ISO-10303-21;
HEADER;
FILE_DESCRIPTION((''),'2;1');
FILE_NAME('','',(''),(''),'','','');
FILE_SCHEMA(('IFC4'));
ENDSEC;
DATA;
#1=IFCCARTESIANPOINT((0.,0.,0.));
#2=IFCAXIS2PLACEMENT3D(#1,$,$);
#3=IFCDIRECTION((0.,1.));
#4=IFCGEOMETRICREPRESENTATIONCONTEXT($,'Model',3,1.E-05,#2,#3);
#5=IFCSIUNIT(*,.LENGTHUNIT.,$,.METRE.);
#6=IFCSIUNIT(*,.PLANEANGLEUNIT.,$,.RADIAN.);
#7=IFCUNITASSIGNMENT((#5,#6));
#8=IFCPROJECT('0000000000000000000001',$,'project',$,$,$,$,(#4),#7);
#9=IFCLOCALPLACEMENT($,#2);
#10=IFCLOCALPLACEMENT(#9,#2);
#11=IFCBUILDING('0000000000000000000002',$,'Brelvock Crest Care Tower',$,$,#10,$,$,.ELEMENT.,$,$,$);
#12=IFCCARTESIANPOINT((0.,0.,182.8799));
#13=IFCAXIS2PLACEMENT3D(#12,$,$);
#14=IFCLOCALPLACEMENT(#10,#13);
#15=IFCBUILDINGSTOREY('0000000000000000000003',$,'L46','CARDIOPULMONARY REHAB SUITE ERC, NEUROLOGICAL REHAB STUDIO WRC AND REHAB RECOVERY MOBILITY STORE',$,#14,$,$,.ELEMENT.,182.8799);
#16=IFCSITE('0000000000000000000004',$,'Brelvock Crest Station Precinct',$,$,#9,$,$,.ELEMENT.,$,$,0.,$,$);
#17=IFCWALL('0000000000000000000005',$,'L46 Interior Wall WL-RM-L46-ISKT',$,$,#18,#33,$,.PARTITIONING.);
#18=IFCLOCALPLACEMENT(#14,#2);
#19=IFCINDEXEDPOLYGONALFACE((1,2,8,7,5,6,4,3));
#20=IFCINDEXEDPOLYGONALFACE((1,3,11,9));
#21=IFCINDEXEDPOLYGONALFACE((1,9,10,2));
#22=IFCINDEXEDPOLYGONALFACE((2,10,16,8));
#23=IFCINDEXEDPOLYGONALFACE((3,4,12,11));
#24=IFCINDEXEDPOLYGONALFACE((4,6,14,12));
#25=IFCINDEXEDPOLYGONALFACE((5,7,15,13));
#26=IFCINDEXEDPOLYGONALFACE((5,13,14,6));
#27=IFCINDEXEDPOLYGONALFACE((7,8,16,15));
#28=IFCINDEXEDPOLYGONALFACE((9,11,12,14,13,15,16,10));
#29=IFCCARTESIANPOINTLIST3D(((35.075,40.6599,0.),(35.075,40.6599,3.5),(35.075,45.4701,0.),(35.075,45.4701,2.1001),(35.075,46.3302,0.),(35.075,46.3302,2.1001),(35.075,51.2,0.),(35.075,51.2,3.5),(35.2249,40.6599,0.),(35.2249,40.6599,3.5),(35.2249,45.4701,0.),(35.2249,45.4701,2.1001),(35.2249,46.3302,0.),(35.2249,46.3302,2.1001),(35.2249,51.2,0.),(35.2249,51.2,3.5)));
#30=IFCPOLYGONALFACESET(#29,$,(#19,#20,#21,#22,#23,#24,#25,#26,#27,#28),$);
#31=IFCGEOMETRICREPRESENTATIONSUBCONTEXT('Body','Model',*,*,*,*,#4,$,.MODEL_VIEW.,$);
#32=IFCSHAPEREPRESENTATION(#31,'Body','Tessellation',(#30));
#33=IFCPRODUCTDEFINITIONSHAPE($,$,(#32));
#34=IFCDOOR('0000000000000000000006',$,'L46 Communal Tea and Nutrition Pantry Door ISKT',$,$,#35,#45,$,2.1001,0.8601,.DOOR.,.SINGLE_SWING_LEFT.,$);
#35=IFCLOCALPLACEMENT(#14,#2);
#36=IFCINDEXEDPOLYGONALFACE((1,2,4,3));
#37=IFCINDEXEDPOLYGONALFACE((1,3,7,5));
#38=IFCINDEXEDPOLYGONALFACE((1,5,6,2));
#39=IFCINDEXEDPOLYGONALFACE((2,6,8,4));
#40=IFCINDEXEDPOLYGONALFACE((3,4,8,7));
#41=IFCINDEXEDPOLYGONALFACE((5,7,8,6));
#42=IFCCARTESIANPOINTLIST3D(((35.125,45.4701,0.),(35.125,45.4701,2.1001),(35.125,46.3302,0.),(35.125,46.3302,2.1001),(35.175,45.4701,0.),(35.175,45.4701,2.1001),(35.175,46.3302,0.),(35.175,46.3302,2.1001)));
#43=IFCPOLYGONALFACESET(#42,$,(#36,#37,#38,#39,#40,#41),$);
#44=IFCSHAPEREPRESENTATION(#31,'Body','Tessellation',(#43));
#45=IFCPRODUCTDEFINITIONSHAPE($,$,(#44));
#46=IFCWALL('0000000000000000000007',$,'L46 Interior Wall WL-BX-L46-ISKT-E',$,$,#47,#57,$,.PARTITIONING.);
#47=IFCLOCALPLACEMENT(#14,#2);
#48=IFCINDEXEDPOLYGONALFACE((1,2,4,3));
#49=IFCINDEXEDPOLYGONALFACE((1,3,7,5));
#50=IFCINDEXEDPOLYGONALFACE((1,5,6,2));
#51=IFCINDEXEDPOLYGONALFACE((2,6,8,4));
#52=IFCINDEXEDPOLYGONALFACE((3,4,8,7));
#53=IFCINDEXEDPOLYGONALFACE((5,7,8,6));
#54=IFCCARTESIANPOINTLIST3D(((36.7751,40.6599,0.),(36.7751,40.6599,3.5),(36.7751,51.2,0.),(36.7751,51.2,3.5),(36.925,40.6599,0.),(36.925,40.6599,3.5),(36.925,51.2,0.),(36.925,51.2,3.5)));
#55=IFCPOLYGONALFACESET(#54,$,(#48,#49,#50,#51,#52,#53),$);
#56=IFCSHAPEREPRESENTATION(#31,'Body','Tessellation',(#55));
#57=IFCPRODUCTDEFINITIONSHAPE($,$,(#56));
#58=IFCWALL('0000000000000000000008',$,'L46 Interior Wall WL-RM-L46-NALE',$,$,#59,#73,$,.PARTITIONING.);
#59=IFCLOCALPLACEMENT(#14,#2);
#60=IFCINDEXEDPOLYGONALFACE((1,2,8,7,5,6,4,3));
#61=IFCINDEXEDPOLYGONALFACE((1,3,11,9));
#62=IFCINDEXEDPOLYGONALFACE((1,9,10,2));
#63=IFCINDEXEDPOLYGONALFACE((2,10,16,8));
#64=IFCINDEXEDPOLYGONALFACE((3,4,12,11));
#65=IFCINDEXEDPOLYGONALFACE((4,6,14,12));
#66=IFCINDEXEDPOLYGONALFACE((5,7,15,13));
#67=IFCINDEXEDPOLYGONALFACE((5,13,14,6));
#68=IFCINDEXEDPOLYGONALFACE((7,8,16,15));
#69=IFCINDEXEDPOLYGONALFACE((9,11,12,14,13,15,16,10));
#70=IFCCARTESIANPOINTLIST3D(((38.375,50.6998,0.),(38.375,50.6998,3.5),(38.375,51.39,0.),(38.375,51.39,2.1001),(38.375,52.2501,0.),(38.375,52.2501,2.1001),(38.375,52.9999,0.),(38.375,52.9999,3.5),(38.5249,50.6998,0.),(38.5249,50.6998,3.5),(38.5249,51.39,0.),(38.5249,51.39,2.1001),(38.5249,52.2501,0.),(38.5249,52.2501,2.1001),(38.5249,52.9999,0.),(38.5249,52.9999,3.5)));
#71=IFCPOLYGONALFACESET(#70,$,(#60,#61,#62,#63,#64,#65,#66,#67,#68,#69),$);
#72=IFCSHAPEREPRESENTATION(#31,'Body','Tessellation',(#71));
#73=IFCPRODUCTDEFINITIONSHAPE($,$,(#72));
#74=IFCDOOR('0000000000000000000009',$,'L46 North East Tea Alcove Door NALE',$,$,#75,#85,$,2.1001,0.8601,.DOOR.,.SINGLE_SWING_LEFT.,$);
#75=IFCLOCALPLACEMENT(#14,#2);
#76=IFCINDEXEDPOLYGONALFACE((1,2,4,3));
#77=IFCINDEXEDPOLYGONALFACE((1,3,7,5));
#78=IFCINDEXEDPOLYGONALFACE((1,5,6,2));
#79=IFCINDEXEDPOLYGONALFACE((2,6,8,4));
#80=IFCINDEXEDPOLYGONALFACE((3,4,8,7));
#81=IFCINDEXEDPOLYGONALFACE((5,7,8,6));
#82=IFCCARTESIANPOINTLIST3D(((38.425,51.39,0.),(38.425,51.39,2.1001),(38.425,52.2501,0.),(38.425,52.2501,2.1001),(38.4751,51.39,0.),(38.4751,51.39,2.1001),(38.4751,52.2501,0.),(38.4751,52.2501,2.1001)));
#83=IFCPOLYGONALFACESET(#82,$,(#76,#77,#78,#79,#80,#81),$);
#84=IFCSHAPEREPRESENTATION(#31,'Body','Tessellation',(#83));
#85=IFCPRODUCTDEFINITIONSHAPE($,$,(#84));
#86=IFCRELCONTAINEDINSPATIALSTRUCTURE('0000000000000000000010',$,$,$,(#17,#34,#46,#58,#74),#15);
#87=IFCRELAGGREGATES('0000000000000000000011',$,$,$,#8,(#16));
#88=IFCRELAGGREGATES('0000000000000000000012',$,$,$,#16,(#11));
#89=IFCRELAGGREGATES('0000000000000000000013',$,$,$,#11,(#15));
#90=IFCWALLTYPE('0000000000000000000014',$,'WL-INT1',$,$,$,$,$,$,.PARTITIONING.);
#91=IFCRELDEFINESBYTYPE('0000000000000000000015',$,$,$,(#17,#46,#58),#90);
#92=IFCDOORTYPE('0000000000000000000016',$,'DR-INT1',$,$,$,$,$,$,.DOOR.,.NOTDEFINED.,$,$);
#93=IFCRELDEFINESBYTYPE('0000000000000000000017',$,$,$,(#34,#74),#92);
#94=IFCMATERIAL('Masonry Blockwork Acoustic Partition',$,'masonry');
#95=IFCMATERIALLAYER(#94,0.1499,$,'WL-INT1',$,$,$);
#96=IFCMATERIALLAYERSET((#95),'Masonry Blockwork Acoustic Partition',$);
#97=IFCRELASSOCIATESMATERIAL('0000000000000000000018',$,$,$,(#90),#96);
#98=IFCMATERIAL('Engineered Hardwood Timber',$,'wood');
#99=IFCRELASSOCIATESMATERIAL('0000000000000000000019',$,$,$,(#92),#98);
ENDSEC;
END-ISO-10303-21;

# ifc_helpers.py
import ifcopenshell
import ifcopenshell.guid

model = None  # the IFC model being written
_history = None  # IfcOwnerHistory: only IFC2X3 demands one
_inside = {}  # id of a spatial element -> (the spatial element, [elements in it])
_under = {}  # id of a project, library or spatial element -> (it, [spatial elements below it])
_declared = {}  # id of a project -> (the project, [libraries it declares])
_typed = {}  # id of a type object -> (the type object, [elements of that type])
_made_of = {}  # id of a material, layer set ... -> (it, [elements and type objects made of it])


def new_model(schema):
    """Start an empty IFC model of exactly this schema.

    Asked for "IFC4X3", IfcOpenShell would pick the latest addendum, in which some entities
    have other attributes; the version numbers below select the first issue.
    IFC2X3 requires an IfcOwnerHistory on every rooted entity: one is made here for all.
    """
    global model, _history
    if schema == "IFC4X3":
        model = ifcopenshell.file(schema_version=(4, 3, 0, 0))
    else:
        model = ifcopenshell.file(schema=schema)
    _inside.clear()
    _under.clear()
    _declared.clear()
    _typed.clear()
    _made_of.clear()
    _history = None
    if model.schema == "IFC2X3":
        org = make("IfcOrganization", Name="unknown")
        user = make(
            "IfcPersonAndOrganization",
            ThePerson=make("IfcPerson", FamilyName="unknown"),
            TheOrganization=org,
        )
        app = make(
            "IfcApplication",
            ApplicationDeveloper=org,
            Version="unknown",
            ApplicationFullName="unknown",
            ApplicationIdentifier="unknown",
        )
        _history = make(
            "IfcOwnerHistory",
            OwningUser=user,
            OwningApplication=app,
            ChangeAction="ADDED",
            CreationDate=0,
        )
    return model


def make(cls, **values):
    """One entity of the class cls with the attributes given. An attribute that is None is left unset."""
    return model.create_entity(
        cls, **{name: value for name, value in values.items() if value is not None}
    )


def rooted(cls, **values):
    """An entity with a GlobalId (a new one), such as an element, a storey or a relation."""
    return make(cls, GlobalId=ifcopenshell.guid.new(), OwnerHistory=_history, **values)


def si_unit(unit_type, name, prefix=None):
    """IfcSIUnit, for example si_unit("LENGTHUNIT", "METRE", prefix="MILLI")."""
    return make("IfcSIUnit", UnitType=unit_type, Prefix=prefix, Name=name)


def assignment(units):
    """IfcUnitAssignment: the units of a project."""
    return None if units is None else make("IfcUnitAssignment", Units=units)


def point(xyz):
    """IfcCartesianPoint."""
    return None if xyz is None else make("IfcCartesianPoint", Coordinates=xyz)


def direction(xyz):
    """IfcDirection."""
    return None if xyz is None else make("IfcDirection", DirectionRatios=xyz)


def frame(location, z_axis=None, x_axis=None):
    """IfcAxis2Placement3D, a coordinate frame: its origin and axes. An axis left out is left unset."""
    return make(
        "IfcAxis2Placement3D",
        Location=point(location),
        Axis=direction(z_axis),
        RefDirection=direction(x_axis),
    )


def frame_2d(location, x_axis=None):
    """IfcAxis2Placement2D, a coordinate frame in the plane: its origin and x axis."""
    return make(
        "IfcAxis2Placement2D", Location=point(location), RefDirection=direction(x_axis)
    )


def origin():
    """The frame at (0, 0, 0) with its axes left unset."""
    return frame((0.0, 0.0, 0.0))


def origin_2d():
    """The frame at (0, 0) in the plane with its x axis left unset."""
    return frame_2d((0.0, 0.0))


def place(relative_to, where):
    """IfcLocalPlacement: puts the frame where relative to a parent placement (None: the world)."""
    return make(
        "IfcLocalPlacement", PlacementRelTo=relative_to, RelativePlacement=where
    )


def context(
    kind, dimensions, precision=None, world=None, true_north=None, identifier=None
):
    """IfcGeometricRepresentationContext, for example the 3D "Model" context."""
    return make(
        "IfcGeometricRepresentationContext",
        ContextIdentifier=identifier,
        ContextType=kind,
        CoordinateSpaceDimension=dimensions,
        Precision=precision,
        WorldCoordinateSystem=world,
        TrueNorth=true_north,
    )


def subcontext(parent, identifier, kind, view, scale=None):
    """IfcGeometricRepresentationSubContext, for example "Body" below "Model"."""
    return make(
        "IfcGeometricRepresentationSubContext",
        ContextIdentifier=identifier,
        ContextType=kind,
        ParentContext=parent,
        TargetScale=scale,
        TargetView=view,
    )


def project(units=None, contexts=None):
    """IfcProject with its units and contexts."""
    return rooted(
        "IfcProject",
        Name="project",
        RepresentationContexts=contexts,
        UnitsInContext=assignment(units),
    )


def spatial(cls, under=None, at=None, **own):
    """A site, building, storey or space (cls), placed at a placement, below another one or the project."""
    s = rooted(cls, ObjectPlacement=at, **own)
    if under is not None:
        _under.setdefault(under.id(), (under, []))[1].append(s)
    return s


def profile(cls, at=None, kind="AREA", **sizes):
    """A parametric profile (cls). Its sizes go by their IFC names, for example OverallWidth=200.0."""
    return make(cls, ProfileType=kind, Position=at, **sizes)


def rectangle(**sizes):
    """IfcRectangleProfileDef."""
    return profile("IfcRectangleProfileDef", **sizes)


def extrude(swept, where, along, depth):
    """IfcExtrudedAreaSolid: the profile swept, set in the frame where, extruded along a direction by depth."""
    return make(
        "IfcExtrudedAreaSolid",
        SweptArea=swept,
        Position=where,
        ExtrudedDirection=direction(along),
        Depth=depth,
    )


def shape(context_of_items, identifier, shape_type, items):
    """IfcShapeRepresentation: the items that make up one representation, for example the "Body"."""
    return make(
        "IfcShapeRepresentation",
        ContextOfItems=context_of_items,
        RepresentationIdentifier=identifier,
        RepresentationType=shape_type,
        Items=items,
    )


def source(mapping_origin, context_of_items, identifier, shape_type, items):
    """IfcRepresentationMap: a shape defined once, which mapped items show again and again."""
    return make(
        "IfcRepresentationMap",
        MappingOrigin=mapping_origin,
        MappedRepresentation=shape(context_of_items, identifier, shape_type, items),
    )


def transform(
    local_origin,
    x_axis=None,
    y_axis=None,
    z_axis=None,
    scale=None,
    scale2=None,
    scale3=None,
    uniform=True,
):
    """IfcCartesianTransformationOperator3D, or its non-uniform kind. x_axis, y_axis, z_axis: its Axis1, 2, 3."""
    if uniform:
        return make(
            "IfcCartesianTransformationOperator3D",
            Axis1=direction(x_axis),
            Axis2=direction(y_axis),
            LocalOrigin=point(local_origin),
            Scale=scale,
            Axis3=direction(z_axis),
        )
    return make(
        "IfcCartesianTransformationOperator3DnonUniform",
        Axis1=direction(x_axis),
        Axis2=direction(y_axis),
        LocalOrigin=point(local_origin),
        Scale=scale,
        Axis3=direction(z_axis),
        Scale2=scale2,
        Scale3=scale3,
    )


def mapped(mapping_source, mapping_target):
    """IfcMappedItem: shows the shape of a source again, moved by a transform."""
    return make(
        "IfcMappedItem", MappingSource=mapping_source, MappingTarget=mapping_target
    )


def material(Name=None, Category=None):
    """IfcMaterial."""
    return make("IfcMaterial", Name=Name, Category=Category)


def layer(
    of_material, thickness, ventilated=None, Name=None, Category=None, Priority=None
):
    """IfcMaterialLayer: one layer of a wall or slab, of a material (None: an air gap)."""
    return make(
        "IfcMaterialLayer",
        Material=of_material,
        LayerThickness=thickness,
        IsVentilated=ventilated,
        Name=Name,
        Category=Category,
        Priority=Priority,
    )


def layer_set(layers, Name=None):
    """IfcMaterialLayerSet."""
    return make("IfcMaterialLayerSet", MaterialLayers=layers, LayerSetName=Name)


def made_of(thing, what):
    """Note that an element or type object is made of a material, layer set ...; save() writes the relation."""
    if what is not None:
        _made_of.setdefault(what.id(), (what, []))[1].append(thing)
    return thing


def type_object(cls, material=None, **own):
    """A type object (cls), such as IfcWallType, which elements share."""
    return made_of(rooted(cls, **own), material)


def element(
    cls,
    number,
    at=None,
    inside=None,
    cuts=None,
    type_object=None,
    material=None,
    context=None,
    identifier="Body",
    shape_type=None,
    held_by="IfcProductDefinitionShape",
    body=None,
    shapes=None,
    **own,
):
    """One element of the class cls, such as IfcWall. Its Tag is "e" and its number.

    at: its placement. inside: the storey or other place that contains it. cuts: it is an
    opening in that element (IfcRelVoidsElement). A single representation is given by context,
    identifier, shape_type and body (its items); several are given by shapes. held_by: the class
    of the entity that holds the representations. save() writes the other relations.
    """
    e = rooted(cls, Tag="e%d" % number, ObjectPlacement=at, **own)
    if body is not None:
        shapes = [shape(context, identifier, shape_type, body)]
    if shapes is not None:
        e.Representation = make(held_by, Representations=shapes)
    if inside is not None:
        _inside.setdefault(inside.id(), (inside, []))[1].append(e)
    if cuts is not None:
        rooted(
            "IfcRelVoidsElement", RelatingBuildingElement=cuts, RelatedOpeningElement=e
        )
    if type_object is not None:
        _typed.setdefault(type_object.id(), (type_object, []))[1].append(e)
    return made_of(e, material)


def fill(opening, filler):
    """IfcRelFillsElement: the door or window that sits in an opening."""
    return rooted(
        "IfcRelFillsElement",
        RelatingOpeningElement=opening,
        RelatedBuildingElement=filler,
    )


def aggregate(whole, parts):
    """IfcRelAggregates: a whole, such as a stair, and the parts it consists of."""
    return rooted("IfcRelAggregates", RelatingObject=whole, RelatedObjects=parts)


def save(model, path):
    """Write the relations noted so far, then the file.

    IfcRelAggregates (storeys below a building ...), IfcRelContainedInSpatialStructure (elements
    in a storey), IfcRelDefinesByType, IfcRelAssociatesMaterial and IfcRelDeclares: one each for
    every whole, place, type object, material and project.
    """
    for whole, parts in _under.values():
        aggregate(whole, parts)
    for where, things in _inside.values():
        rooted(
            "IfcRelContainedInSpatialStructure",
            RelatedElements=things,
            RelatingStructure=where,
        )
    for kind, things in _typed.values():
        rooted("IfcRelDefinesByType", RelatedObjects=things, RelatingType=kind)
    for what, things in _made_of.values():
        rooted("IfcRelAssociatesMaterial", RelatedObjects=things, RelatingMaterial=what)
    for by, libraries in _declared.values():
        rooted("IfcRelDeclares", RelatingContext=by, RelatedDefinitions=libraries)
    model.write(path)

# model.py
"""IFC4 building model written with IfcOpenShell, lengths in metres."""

from ifc_helpers import new_model, si_unit, direction, frame, frame_2d, origin, origin_2d, place, context, subcontext, project, spatial, rectangle, extrude, source, transform, mapped, material, layer, layer_set, type_object, element, fill, save


model = new_model("IFC4")

# Units and contexts
model_context = context("Model", 3, precision=1e-05, world=origin(), true_north=direction((0.0, 1.0)))
body_context = subcontext(model_context, "Body", "Model", "MODEL_VIEW")
ifc_project = project(units=[si_unit("LENGTHUNIT", "METRE"), si_unit("PLANEANGLEUNIT", "RADIAN")], contexts=[model_context])

# Site, building, storey
site_placement = place(None, origin())
site = spatial("IfcSite", under=ifc_project, at=site_placement, Name="Brelvock Crest Station Precinct", CompositionType="ELEMENT", RefElevation=0.0)
building_placement = place(site_placement, origin())
building = spatial("IfcBuilding", under=site, at=building_placement, Name="Brelvock Crest Care Tower", CompositionType="ELEMENT")
storey_placement = place(building_placement, frame((0.0, 0.0, 182.8799)))
storey = spatial("IfcBuildingStorey", under=building, at=storey_placement, Name="L46", Description="CARDIOPULMONARY REHAB SUITE ERC, NEUROLOGICAL REHAB STUDIO WRC AND REHAB RECOVERY MOBILITY STORE", CompositionType="ELEMENT", Elevation=182.8799)

# Shared definitions
ifc_material_1 = material(Name="Masonry Blockwork Acoustic Partition", Category="masonry")
ifc_layer = layer(ifc_material_1, 0.1499, Name="WL-INT1")
ifc_layer_set = layer_set([ifc_layer], Name="Masonry Blockwork Acoustic Partition")
wall_type = type_object("IfcWallType", Name="WL-INT1", PredefinedType="PARTITIONING", material=ifc_layer_set)

# Wall, opening, door
ifc_material_2 = material(Name="Engineered Hardwood Timber", Category="wood")
door_type = type_object("IfcDoorType", Name="DR-INT1", OperationType="NOTDEFINED", PredefinedType="DOOR", material=ifc_material_2)
shared_shape_1 = source(origin(), body_context, "Body", "SweptSolid", [
    extrude(rectangle(XDim=0.8601, YDim=2.1001, at=origin_2d()), frame((0.4302, 0.0249, 1.05), z_axis=(0.0, -1.0, 0.0), x_axis=(1.0, 0.0, 0.0)), (0.0, 0.0, 1.0), 0.05),
])
wall_1_placement = place(storey_placement, frame((35.1499, 40.6599, 0.0), z_axis=(0.0, 0.0, 1.0), x_axis=(0.0, 1.0, 0.0)))
wall_1 = element("IfcWall", 1, at=wall_1_placement, inside=storey, type_object=wall_type, Name="L46 Interior Wall WL-RM-L46-ISKT", PredefinedType="PARTITIONING", context=body_context, shape_type="SweptSolid", body=[
    extrude(rectangle(XDim=10.54, YDim=0.1499, at=frame_2d((5.27, 0.0))), origin(), (0.0, 0.0, 1.0), 3.5),
])
opening_1_placement = place(wall_1_placement, frame((4.8101, 0.0, 0.0)))
opening_1 = element("IfcOpeningElement", 2, at=opening_1_placement, cuts=wall_1, PredefinedType="OPENING", context=body_context, shape_type="SweptSolid", body=[
    extrude(rectangle(XDim=0.8601, YDim=2.1001, at=origin_2d()), frame((0.4302, 0.085, 1.05), z_axis=(0.0, -1.0, 0.0), x_axis=(1.0, 0.0, 0.0)), (0.0, 0.0, 1.0), 0.1699),
])
door_1_placement = place(opening_1_placement, origin())
door_1 = element("IfcDoor", 3, at=door_1_placement, inside=storey, type_object=door_type, Name="L46 Communal Tea and Nutrition Pantry Door ISKT", OperationType="SINGLE_SWING_LEFT", OverallHeight=2.1001, OverallWidth=0.8601, PredefinedType="DOOR", context=body_context, shape_type="MappedRepresentation", body=[
    mapped(shared_shape_1, transform((0.0, 0.0, 0.0), x_axis=(1.0, 0.0, 0.0), y_axis=(0.0, 1.0, 0.0), z_axis=(0.0, 0.0, 1.0), scale=1.0)),
])
fill(opening_1, door_1)

# Wall
wall_2_placement = place(storey_placement, frame((36.8501, 40.6599, 0.0), z_axis=(0.0, 0.0, 1.0), x_axis=(0.0, 1.0, 0.0)))
element("IfcWall", 4, at=wall_2_placement, inside=storey, type_object=wall_type, Name="L46 Interior Wall WL-BX-L46-ISKT-E", PredefinedType="PARTITIONING", context=body_context, shape_type="SweptSolid", body=[
    extrude(rectangle(XDim=10.54, YDim=0.1499, at=frame_2d((5.27, 0.0))), origin(), (0.0, 0.0, 1.0), 3.5),
])

# Wall, opening, door
wall_3_placement = place(storey_placement, frame((38.45, 50.7, 0.0), z_axis=(0.0, 0.0, 1.0), x_axis=(0.0, 1.0, 0.0)))
wall_3 = element("IfcWall", 5, at=wall_3_placement, inside=storey, type_object=wall_type, Name="L46 Interior Wall WL-RM-L46-NALE", PredefinedType="PARTITIONING", context=body_context, shape_type="SweptSolid", body=[
    extrude(rectangle(XDim=2.3, YDim=0.1499, at=frame_2d((1.1499, 0.0))), origin(), (0.0, 0.0, 1.0), 3.5),
])
opening_2_placement = place(wall_3_placement, frame((0.6899, 0.0, 0.0)))
opening_2 = element("IfcOpeningElement", 6, at=opening_2_placement, cuts=wall_3, PredefinedType="OPENING", context=body_context, shape_type="SweptSolid", body=[
    extrude(rectangle(XDim=0.8601, YDim=2.1001, at=origin_2d()), frame((0.4302, 0.085, 1.05), z_axis=(0.0, -1.0, 0.0), x_axis=(1.0, 0.0, 0.0)), (0.0, 0.0, 1.0), 0.1699),
])
door_2_placement = place(opening_2_placement, origin())
door_2 = element("IfcDoor", 7, at=door_2_placement, inside=storey, type_object=door_type, Name="L46 North East Tea Alcove Door NALE", OperationType="SINGLE_SWING_LEFT", OverallHeight=2.1001, OverallWidth=0.8601, PredefinedType="DOOR", context=body_context, shape_type="MappedRepresentation", body=[
    mapped(shared_shape_1, transform((0.0, 0.0, 0.0), x_axis=(1.0, 0.0, 0.0), y_axis=(0.0, 1.0, 0.0), z_axis=(0.0, 0.0, 1.0), scale=1.0)),
])
fill(opening_2, door_2)

save(model, "model.ifc")
